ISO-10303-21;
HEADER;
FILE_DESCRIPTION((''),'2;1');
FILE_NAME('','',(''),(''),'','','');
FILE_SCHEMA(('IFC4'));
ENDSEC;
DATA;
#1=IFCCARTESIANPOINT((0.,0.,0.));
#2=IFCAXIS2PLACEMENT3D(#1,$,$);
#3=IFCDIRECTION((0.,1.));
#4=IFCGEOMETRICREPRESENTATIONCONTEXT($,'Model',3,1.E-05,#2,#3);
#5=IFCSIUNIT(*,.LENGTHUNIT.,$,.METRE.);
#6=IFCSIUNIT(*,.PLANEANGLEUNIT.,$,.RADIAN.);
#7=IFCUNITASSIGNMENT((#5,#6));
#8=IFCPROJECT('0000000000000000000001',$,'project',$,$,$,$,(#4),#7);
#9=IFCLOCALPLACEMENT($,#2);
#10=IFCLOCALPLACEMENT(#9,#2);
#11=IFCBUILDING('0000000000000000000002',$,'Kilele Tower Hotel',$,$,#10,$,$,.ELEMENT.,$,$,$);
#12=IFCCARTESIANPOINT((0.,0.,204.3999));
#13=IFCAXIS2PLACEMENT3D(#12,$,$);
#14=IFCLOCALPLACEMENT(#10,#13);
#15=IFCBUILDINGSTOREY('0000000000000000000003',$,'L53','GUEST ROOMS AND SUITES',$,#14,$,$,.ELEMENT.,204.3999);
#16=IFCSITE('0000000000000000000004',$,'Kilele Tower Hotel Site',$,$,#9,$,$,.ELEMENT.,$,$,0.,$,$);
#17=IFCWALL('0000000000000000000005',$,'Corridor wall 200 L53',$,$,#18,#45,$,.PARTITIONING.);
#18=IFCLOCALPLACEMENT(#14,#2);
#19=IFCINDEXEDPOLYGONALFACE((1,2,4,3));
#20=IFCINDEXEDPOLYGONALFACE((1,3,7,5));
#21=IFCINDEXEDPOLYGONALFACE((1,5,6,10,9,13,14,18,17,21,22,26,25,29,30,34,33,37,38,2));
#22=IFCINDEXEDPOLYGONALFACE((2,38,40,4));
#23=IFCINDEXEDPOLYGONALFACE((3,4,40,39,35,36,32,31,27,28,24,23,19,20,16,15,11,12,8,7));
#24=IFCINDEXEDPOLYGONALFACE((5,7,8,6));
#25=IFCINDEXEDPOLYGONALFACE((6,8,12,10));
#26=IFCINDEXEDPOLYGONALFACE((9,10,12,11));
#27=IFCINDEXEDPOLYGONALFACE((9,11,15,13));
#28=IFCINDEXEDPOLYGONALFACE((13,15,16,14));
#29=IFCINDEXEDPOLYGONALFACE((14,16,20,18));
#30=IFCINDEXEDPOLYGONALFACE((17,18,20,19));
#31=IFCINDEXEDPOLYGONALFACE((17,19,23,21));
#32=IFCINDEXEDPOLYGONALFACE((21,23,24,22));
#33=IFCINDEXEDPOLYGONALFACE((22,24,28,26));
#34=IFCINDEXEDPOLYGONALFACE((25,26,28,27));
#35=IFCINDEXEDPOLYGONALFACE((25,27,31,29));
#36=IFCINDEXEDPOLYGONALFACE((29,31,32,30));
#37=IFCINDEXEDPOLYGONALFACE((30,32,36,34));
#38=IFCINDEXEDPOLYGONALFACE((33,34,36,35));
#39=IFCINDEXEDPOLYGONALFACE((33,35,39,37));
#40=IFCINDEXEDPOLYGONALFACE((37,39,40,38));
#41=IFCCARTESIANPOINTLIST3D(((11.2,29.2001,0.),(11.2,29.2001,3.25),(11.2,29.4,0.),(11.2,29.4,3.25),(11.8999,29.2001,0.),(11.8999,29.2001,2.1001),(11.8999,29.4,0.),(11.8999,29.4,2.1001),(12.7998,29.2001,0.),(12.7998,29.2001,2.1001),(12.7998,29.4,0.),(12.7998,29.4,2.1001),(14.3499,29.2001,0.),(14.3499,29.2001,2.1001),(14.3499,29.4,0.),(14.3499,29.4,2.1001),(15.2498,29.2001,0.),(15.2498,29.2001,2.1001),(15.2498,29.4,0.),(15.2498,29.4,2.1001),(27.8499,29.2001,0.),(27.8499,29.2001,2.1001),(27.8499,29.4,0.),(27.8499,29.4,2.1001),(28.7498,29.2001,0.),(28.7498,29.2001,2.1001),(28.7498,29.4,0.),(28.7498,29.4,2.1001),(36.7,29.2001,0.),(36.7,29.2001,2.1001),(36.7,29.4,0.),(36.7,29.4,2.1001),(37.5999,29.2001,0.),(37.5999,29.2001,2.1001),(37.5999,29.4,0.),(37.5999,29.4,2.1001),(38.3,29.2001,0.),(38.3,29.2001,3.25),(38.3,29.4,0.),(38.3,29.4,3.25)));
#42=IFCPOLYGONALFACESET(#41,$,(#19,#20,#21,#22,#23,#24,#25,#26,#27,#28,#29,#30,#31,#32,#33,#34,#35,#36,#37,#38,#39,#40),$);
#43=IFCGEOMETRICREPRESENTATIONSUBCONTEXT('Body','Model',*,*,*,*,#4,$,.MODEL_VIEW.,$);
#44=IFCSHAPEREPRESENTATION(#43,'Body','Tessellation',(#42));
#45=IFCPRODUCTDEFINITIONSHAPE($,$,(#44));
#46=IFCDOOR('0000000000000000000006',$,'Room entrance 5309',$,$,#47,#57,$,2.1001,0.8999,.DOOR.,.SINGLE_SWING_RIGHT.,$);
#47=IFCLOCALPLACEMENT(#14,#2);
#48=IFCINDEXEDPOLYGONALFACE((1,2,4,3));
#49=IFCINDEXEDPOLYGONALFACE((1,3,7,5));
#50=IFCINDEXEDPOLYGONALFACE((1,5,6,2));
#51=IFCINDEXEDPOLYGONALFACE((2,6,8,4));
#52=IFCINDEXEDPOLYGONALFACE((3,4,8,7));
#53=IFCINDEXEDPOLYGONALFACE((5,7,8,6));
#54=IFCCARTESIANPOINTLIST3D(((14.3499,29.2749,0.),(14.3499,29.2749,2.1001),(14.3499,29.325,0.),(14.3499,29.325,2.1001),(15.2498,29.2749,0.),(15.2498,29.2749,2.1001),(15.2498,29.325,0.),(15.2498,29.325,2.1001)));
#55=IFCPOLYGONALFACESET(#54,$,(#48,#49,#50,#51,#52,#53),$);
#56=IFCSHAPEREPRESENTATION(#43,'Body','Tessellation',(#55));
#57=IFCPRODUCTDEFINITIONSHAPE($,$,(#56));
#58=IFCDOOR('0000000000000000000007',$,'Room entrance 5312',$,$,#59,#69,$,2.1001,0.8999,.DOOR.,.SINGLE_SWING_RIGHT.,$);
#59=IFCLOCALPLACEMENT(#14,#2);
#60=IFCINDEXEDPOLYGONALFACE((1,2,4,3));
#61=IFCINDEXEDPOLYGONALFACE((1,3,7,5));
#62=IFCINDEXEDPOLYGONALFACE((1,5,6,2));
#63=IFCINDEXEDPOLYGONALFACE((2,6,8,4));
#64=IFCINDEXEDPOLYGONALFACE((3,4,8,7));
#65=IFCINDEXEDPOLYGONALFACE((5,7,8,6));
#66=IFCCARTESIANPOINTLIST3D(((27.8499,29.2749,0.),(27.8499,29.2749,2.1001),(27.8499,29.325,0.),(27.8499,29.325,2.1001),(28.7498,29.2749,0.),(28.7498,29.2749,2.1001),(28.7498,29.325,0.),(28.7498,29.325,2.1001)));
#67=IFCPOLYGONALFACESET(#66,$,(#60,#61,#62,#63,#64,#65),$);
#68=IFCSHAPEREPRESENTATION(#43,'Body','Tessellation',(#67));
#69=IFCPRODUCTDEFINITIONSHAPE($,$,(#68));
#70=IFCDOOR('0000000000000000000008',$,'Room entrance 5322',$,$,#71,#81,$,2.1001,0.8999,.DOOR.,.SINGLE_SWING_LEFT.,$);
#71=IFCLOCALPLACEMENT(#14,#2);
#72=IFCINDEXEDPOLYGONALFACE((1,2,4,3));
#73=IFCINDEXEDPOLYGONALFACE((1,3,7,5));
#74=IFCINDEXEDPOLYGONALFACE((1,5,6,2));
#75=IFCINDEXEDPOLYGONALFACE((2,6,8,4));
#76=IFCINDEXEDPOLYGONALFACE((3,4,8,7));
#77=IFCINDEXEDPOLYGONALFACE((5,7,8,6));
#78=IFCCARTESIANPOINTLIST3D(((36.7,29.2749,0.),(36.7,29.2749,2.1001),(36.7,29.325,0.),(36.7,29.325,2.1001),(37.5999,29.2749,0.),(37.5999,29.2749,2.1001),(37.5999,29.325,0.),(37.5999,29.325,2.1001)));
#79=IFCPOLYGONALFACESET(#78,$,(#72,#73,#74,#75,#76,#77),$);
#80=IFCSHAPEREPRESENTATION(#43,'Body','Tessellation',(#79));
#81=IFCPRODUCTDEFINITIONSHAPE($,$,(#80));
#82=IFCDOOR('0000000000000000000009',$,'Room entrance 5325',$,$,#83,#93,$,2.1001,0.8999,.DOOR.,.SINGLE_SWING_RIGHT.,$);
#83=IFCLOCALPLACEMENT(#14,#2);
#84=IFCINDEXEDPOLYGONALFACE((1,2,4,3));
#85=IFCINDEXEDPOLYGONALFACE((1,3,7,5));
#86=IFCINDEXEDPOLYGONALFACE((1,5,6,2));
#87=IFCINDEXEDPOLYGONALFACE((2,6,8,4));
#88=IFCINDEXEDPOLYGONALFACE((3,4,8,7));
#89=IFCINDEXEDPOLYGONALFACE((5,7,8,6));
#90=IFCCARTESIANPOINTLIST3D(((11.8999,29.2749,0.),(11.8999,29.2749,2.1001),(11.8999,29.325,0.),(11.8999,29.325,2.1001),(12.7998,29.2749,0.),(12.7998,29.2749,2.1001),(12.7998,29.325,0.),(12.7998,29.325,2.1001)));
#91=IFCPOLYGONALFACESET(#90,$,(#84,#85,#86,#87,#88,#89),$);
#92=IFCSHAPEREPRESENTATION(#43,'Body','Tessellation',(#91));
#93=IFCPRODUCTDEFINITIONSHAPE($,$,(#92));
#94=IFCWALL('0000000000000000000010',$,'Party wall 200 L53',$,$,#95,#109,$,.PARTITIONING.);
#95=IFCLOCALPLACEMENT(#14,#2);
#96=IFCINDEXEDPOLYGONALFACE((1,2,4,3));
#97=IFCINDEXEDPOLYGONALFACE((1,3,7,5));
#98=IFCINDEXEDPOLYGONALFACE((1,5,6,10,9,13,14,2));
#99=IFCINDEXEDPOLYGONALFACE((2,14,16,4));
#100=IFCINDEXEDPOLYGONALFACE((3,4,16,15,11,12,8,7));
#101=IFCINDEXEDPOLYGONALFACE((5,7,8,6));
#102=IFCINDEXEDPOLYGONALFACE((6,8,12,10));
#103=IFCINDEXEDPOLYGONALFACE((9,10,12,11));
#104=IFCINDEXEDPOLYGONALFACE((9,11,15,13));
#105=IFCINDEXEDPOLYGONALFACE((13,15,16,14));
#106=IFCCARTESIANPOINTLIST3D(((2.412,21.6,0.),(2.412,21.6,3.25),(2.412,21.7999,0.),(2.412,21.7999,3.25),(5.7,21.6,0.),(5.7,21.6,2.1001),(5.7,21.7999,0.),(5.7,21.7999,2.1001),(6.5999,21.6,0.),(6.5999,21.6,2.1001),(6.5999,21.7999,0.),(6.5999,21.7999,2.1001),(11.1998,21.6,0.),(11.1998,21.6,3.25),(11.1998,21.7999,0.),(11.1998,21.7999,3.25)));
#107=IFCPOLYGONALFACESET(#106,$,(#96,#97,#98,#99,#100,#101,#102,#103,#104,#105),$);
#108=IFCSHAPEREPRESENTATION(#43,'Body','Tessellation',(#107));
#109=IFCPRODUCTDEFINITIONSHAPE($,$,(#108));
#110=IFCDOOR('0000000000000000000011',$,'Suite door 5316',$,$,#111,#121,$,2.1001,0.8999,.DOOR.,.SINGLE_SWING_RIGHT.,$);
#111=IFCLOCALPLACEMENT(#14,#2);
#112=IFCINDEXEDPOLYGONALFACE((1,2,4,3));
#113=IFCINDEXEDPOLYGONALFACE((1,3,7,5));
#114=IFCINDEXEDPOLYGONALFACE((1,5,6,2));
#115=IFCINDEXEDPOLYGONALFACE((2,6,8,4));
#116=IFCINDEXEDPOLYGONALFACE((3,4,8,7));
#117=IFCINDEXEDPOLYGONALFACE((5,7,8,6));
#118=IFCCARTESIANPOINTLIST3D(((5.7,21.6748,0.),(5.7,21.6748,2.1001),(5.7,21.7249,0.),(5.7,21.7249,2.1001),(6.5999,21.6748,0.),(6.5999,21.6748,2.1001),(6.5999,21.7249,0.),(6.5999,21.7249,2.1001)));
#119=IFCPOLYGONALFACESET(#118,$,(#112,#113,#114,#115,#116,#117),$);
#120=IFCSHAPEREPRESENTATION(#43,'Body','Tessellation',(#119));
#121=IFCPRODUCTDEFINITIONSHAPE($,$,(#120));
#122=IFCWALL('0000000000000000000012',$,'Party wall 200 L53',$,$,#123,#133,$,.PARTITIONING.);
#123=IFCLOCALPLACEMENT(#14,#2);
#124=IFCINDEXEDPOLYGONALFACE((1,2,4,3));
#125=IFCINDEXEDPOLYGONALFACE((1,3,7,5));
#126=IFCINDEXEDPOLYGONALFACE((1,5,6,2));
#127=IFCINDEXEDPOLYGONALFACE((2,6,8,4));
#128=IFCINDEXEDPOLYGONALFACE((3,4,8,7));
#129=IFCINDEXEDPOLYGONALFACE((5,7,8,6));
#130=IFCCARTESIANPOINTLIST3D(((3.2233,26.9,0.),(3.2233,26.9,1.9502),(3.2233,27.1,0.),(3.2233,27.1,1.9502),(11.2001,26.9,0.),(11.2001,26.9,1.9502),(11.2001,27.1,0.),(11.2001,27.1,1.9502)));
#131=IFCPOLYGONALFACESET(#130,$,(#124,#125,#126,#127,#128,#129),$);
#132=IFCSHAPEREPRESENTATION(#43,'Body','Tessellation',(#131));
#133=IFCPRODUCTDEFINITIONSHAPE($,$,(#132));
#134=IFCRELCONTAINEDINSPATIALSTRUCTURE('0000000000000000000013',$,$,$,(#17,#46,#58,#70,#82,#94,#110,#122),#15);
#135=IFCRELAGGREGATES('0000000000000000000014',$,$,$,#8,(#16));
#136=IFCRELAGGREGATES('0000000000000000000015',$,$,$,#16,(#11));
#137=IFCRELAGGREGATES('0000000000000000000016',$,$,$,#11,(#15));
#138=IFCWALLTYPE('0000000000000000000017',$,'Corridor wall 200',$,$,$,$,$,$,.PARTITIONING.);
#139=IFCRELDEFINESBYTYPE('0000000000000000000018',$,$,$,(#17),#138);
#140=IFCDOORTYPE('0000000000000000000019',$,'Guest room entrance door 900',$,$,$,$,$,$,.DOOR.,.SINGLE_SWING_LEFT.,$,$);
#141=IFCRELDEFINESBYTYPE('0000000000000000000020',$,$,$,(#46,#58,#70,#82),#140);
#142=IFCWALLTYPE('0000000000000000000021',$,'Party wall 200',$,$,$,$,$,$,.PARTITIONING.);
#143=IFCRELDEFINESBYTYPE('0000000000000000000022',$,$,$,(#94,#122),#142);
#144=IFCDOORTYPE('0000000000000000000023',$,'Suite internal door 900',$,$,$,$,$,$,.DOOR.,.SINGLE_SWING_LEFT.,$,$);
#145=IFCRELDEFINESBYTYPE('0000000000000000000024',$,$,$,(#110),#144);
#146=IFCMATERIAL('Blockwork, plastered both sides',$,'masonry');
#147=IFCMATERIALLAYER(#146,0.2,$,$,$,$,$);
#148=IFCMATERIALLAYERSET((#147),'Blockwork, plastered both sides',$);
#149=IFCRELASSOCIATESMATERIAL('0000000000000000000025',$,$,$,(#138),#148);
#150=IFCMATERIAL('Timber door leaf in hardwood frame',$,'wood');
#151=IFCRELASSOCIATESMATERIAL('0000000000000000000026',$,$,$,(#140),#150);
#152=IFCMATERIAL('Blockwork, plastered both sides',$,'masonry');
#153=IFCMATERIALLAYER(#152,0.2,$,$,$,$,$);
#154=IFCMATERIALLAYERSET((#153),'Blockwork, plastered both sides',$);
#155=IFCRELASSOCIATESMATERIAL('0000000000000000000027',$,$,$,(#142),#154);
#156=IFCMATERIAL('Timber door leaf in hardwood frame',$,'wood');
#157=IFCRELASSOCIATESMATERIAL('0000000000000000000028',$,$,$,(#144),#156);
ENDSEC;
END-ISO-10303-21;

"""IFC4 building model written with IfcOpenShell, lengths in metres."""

from ifc_helpers import new_model, si_unit, direction, frame, frame_2d, origin, place, context, subcontext, project, spatial, rectangle, extrude, material, layer, layer_set, type_object, element, fill, save


model = new_model("IFC4")

# Units and contexts
model_context = context("Model", 3, precision=1e-05, world=origin(), true_north=direction((0.0, 1.0)))
body_context = subcontext(model_context, "Body", "Model", "MODEL_VIEW")
ifc_project = project(units=[si_unit("LENGTHUNIT", "METRE"), si_unit("PLANEANGLEUNIT", "RADIAN")], contexts=[model_context])

# Site, building, storey
site_placement = place(None, origin())
site = spatial("IfcSite", under=ifc_project, at=site_placement, Name="Kilele Tower Hotel Site", CompositionType="ELEMENT", RefElevation=0.0)
building_placement = place(site_placement, origin())
building = spatial("IfcBuilding", under=site, at=building_placement, Name="Kilele Tower Hotel", CompositionType="ELEMENT")
storey_placement = place(building_placement, frame((0.0, 0.0, 204.3999)))
storey = spatial("IfcBuildingStorey", under=building, at=storey_placement, Name="L53", Description="GUEST ROOMS AND SUITES", CompositionType="ELEMENT", Elevation=204.3999)

# Wall, openings, doors
ifc_material_1 = material(Name="Blockwork, plastered both sides", Category="masonry")
ifc_layer_1 = layer(ifc_material_1, 0.2)
ifc_layer_set_1 = layer_set([ifc_layer_1], Name="Blockwork, plastered both sides")
wall_type_1 = type_object("IfcWallType", Name="Corridor wall 200", PredefinedType="PARTITIONING", material=ifc_layer_set_1)
wall_1_placement = place(storey_placement, frame((11.2, 29.3, 0.0), z_axis=(0.0, 0.0, 1.0), x_axis=(1.0, 0.0, 0.0)))
wall_1 = element("IfcWall", 1, at=wall_1_placement, inside=storey, type_object=wall_type_1, Name="Corridor wall 200 L53", PredefinedType="PARTITIONING", context=body_context, shape_type="SweptSolid", body=[
    extrude(rectangle(XDim=27.1001, YDim=0.2, at=frame_2d((13.55, 0.0))), origin(), (0.0, 0.0, 1.0), 3.25),
])
opening_1_placement = place(wall_1_placement, frame((3.1499, 0.0, 0.0)))
opening_1 = element("IfcOpeningElement", 2, at=opening_1_placement, cuts=wall_1, PredefinedType="OPENING", context=body_context, shape_type="SweptSolid", body=[
    extrude(rectangle(XDim=0.8999, YDim=2.1001, at=frame_2d((0.45, 1.05))), frame((0.0, 0.1099, 0.0), z_axis=(0.0, -1.0, 0.0), x_axis=(1.0, 0.0, 0.0)), (0.0, 0.0, 1.0), 0.22),
])
opening_2_placement = place(wall_1_placement, frame((16.6499, 0.0, 0.0)))
opening_2 = element("IfcOpeningElement", 3, at=opening_2_placement, cuts=wall_1, PredefinedType="OPENING", context=body_context, shape_type="SweptSolid", body=[
    extrude(rectangle(XDim=0.8999, YDim=2.1001, at=frame_2d((0.45, 1.05))), frame((0.0, 0.1099, 0.0), z_axis=(0.0, -1.0, 0.0), x_axis=(1.0, 0.0, 0.0)), (0.0, 0.0, 1.0), 0.22),
])
opening_3_placement = place(wall_1_placement, frame((25.5, 0.0, 0.0)))
opening_3 = element("IfcOpeningElement", 4, at=opening_3_placement, cuts=wall_1, PredefinedType="OPENING", context=body_context, shape_type="SweptSolid", body=[
    extrude(rectangle(XDim=0.8999, YDim=2.1001, at=frame_2d((0.45, 1.05))), frame((0.0, 0.1099, 0.0), z_axis=(0.0, -1.0, 0.0), x_axis=(1.0, 0.0, 0.0)), (0.0, 0.0, 1.0), 0.22),
])
opening_4_placement = place(wall_1_placement, frame((0.7, 0.0, 0.0)))
opening_4 = element("IfcOpeningElement", 5, at=opening_4_placement, cuts=wall_1, PredefinedType="OPENING", context=body_context, shape_type="SweptSolid", body=[
    extrude(rectangle(XDim=0.8999, YDim=2.1001, at=frame_2d((0.45, 1.05))), frame((0.0, 0.1099, 0.0), z_axis=(0.0, -1.0, 0.0), x_axis=(1.0, 0.0, 0.0)), (0.0, 0.0, 1.0), 0.22),
])
ifc_material_2 = material(Name="Timber door leaf in hardwood frame", Category="wood")
door_type_1 = type_object("IfcDoorType", Name="Guest room entrance door 900", OperationType="SINGLE_SWING_LEFT", PredefinedType="DOOR", material=ifc_material_2)
door_1_placement = place(opening_1_placement, origin())
door_1 = element("IfcDoor", 6, at=door_1_placement, inside=storey, type_object=door_type_1, Name="Room entrance 5309", OperationType="SINGLE_SWING_RIGHT", OverallHeight=2.1001, OverallWidth=0.8999, PredefinedType="DOOR", context=body_context, shape_type="SweptSolid", body=[
    extrude(rectangle(XDim=0.8999, YDim=2.1001, at=frame_2d((0.45, 1.05))), frame((0.0, 0.0249, 0.0), z_axis=(0.0, -1.0, 0.0), x_axis=(1.0, 0.0, 0.0)), (0.0, 0.0, 1.0), 0.05),
])
fill(opening_1, door_1)
door_2_placement = place(opening_2_placement, origin())
door_2 = element("IfcDoor", 7, at=door_2_placement, inside=storey, type_object=door_type_1, Name="Room entrance 5312", OperationType="SINGLE_SWING_RIGHT", OverallHeight=2.1001, OverallWidth=0.8999, PredefinedType="DOOR", context=body_context, shape_type="SweptSolid", body=[
    extrude(rectangle(XDim=0.8999, YDim=2.1001, at=frame_2d((0.45, 1.05))), frame((0.0, 0.0249, 0.0), z_axis=(0.0, -1.0, 0.0), x_axis=(1.0, 0.0, 0.0)), (0.0, 0.0, 1.0), 0.05),
])
fill(opening_2, door_2)
door_3_placement = place(opening_3_placement, origin())
door_3 = element("IfcDoor", 8, at=door_3_placement, inside=storey, type_object=door_type_1, Name="Room entrance 5322", OperationType="SINGLE_SWING_LEFT", OverallHeight=2.1001, OverallWidth=0.8999, PredefinedType="DOOR", context=body_context, shape_type="SweptSolid", body=[
    extrude(rectangle(XDim=0.8999, YDim=2.1001, at=frame_2d((0.45, 1.05))), frame((0.0, 0.0249, 0.0), z_axis=(0.0, -1.0, 0.0), x_axis=(1.0, 0.0, 0.0)), (0.0, 0.0, 1.0), 0.05),
])
fill(opening_3, door_3)
door_4_placement = place(opening_4_placement, origin())
door_4 = element("IfcDoor", 9, at=door_4_placement, inside=storey, type_object=door_type_1, Name="Room entrance 5325", OperationType="SINGLE_SWING_RIGHT", OverallHeight=2.1001, OverallWidth=0.8999, PredefinedType="DOOR", context=body_context, shape_type="SweptSolid", body=[
    extrude(rectangle(XDim=0.8999, YDim=2.1001, at=frame_2d((0.45, 1.05))), frame((0.0, 0.0249, 0.0), z_axis=(0.0, -1.0, 0.0), x_axis=(1.0, 0.0, 0.0)), (0.0, 0.0, 1.0), 0.05),
])
fill(opening_4, door_4)

# Wall, opening, door
ifc_material_3 = material(Name="Blockwork, plastered both sides", Category="masonry")
ifc_layer_2 = layer(ifc_material_3, 0.2)
ifc_layer_set_2 = layer_set([ifc_layer_2], Name="Blockwork, plastered both sides")
wall_type_2 = type_object("IfcWallType", Name="Party wall 200", PredefinedType="PARTITIONING", material=ifc_layer_set_2)
wall_2_placement = place(storey_placement, frame((11.2, 21.7, 0.0), z_axis=(0.0, 0.0, 1.0), x_axis=(-1.0, 0.0, 0.0)))
wall_2 = element("IfcWall", 10, at=wall_2_placement, inside=storey, type_object=wall_type_2, Name="Party wall 200 L53", PredefinedType="PARTITIONING", context=body_context, shape_type="SweptSolid", body=[
    extrude(rectangle(XDim=8.7878, YDim=0.2, at=frame_2d((4.394, 0.0))), origin(), (0.0, 0.0, 1.0), 3.25),
])
opening_5_placement = place(wall_2_placement, frame((5.5, 0.0, 0.0), z_axis=(0.0, 0.0, 1.0), x_axis=(-1.0, 0.0, 0.0)))
opening_5 = element("IfcOpeningElement", 11, at=opening_5_placement, cuts=wall_2, PredefinedType="OPENING", context=body_context, shape_type="SweptSolid", body=[
    extrude(rectangle(XDim=0.8999, YDim=2.1001, at=frame_2d((0.45, 1.05))), frame((0.0, 0.1099, 0.0), z_axis=(0.0, -1.0, 0.0), x_axis=(1.0, 0.0, 0.0)), (0.0, 0.0, 1.0), 0.22),
])
ifc_material_4 = material(Name="Timber door leaf in hardwood frame", Category="wood")
door_type_2 = type_object("IfcDoorType", Name="Suite internal door 900", OperationType="SINGLE_SWING_LEFT", PredefinedType="DOOR", material=ifc_material_4)
door_5_placement = place(opening_5_placement, origin())
door_5 = element("IfcDoor", 12, at=door_5_placement, inside=storey, type_object=door_type_2, Name="Suite door 5316", OperationType="SINGLE_SWING_RIGHT", OverallHeight=2.1001, OverallWidth=0.8999, PredefinedType="DOOR", context=body_context, shape_type="SweptSolid", body=[
    extrude(rectangle(XDim=0.8999, YDim=2.1001, at=frame_2d((0.45, 1.05))), frame((0.0, 0.0249, 0.0), z_axis=(0.0, -1.0, 0.0), x_axis=(1.0, 0.0, 0.0)), (0.0, 0.0, 1.0), 0.05),
])
fill(opening_5, door_5)

# Wall
wall_3_placement = place(storey_placement, frame((11.2, 27.0, 0.0), z_axis=(0.0, 0.0, 1.0), x_axis=(-1.0, 0.0, 0.0)))
element("IfcWall", 13, at=wall_3_placement, inside=storey, type_object=wall_type_2, Name="Party wall 200 L53", PredefinedType="PARTITIONING", context=body_context, shape_type="SweptSolid", body=[
    extrude(rectangle(XDim=7.9768, YDim=0.2, at=frame_2d((3.9883, 0.0))), origin(), (0.0, 0.0, 1.0), 1.9502),
])

save(model, "model.ifc")
